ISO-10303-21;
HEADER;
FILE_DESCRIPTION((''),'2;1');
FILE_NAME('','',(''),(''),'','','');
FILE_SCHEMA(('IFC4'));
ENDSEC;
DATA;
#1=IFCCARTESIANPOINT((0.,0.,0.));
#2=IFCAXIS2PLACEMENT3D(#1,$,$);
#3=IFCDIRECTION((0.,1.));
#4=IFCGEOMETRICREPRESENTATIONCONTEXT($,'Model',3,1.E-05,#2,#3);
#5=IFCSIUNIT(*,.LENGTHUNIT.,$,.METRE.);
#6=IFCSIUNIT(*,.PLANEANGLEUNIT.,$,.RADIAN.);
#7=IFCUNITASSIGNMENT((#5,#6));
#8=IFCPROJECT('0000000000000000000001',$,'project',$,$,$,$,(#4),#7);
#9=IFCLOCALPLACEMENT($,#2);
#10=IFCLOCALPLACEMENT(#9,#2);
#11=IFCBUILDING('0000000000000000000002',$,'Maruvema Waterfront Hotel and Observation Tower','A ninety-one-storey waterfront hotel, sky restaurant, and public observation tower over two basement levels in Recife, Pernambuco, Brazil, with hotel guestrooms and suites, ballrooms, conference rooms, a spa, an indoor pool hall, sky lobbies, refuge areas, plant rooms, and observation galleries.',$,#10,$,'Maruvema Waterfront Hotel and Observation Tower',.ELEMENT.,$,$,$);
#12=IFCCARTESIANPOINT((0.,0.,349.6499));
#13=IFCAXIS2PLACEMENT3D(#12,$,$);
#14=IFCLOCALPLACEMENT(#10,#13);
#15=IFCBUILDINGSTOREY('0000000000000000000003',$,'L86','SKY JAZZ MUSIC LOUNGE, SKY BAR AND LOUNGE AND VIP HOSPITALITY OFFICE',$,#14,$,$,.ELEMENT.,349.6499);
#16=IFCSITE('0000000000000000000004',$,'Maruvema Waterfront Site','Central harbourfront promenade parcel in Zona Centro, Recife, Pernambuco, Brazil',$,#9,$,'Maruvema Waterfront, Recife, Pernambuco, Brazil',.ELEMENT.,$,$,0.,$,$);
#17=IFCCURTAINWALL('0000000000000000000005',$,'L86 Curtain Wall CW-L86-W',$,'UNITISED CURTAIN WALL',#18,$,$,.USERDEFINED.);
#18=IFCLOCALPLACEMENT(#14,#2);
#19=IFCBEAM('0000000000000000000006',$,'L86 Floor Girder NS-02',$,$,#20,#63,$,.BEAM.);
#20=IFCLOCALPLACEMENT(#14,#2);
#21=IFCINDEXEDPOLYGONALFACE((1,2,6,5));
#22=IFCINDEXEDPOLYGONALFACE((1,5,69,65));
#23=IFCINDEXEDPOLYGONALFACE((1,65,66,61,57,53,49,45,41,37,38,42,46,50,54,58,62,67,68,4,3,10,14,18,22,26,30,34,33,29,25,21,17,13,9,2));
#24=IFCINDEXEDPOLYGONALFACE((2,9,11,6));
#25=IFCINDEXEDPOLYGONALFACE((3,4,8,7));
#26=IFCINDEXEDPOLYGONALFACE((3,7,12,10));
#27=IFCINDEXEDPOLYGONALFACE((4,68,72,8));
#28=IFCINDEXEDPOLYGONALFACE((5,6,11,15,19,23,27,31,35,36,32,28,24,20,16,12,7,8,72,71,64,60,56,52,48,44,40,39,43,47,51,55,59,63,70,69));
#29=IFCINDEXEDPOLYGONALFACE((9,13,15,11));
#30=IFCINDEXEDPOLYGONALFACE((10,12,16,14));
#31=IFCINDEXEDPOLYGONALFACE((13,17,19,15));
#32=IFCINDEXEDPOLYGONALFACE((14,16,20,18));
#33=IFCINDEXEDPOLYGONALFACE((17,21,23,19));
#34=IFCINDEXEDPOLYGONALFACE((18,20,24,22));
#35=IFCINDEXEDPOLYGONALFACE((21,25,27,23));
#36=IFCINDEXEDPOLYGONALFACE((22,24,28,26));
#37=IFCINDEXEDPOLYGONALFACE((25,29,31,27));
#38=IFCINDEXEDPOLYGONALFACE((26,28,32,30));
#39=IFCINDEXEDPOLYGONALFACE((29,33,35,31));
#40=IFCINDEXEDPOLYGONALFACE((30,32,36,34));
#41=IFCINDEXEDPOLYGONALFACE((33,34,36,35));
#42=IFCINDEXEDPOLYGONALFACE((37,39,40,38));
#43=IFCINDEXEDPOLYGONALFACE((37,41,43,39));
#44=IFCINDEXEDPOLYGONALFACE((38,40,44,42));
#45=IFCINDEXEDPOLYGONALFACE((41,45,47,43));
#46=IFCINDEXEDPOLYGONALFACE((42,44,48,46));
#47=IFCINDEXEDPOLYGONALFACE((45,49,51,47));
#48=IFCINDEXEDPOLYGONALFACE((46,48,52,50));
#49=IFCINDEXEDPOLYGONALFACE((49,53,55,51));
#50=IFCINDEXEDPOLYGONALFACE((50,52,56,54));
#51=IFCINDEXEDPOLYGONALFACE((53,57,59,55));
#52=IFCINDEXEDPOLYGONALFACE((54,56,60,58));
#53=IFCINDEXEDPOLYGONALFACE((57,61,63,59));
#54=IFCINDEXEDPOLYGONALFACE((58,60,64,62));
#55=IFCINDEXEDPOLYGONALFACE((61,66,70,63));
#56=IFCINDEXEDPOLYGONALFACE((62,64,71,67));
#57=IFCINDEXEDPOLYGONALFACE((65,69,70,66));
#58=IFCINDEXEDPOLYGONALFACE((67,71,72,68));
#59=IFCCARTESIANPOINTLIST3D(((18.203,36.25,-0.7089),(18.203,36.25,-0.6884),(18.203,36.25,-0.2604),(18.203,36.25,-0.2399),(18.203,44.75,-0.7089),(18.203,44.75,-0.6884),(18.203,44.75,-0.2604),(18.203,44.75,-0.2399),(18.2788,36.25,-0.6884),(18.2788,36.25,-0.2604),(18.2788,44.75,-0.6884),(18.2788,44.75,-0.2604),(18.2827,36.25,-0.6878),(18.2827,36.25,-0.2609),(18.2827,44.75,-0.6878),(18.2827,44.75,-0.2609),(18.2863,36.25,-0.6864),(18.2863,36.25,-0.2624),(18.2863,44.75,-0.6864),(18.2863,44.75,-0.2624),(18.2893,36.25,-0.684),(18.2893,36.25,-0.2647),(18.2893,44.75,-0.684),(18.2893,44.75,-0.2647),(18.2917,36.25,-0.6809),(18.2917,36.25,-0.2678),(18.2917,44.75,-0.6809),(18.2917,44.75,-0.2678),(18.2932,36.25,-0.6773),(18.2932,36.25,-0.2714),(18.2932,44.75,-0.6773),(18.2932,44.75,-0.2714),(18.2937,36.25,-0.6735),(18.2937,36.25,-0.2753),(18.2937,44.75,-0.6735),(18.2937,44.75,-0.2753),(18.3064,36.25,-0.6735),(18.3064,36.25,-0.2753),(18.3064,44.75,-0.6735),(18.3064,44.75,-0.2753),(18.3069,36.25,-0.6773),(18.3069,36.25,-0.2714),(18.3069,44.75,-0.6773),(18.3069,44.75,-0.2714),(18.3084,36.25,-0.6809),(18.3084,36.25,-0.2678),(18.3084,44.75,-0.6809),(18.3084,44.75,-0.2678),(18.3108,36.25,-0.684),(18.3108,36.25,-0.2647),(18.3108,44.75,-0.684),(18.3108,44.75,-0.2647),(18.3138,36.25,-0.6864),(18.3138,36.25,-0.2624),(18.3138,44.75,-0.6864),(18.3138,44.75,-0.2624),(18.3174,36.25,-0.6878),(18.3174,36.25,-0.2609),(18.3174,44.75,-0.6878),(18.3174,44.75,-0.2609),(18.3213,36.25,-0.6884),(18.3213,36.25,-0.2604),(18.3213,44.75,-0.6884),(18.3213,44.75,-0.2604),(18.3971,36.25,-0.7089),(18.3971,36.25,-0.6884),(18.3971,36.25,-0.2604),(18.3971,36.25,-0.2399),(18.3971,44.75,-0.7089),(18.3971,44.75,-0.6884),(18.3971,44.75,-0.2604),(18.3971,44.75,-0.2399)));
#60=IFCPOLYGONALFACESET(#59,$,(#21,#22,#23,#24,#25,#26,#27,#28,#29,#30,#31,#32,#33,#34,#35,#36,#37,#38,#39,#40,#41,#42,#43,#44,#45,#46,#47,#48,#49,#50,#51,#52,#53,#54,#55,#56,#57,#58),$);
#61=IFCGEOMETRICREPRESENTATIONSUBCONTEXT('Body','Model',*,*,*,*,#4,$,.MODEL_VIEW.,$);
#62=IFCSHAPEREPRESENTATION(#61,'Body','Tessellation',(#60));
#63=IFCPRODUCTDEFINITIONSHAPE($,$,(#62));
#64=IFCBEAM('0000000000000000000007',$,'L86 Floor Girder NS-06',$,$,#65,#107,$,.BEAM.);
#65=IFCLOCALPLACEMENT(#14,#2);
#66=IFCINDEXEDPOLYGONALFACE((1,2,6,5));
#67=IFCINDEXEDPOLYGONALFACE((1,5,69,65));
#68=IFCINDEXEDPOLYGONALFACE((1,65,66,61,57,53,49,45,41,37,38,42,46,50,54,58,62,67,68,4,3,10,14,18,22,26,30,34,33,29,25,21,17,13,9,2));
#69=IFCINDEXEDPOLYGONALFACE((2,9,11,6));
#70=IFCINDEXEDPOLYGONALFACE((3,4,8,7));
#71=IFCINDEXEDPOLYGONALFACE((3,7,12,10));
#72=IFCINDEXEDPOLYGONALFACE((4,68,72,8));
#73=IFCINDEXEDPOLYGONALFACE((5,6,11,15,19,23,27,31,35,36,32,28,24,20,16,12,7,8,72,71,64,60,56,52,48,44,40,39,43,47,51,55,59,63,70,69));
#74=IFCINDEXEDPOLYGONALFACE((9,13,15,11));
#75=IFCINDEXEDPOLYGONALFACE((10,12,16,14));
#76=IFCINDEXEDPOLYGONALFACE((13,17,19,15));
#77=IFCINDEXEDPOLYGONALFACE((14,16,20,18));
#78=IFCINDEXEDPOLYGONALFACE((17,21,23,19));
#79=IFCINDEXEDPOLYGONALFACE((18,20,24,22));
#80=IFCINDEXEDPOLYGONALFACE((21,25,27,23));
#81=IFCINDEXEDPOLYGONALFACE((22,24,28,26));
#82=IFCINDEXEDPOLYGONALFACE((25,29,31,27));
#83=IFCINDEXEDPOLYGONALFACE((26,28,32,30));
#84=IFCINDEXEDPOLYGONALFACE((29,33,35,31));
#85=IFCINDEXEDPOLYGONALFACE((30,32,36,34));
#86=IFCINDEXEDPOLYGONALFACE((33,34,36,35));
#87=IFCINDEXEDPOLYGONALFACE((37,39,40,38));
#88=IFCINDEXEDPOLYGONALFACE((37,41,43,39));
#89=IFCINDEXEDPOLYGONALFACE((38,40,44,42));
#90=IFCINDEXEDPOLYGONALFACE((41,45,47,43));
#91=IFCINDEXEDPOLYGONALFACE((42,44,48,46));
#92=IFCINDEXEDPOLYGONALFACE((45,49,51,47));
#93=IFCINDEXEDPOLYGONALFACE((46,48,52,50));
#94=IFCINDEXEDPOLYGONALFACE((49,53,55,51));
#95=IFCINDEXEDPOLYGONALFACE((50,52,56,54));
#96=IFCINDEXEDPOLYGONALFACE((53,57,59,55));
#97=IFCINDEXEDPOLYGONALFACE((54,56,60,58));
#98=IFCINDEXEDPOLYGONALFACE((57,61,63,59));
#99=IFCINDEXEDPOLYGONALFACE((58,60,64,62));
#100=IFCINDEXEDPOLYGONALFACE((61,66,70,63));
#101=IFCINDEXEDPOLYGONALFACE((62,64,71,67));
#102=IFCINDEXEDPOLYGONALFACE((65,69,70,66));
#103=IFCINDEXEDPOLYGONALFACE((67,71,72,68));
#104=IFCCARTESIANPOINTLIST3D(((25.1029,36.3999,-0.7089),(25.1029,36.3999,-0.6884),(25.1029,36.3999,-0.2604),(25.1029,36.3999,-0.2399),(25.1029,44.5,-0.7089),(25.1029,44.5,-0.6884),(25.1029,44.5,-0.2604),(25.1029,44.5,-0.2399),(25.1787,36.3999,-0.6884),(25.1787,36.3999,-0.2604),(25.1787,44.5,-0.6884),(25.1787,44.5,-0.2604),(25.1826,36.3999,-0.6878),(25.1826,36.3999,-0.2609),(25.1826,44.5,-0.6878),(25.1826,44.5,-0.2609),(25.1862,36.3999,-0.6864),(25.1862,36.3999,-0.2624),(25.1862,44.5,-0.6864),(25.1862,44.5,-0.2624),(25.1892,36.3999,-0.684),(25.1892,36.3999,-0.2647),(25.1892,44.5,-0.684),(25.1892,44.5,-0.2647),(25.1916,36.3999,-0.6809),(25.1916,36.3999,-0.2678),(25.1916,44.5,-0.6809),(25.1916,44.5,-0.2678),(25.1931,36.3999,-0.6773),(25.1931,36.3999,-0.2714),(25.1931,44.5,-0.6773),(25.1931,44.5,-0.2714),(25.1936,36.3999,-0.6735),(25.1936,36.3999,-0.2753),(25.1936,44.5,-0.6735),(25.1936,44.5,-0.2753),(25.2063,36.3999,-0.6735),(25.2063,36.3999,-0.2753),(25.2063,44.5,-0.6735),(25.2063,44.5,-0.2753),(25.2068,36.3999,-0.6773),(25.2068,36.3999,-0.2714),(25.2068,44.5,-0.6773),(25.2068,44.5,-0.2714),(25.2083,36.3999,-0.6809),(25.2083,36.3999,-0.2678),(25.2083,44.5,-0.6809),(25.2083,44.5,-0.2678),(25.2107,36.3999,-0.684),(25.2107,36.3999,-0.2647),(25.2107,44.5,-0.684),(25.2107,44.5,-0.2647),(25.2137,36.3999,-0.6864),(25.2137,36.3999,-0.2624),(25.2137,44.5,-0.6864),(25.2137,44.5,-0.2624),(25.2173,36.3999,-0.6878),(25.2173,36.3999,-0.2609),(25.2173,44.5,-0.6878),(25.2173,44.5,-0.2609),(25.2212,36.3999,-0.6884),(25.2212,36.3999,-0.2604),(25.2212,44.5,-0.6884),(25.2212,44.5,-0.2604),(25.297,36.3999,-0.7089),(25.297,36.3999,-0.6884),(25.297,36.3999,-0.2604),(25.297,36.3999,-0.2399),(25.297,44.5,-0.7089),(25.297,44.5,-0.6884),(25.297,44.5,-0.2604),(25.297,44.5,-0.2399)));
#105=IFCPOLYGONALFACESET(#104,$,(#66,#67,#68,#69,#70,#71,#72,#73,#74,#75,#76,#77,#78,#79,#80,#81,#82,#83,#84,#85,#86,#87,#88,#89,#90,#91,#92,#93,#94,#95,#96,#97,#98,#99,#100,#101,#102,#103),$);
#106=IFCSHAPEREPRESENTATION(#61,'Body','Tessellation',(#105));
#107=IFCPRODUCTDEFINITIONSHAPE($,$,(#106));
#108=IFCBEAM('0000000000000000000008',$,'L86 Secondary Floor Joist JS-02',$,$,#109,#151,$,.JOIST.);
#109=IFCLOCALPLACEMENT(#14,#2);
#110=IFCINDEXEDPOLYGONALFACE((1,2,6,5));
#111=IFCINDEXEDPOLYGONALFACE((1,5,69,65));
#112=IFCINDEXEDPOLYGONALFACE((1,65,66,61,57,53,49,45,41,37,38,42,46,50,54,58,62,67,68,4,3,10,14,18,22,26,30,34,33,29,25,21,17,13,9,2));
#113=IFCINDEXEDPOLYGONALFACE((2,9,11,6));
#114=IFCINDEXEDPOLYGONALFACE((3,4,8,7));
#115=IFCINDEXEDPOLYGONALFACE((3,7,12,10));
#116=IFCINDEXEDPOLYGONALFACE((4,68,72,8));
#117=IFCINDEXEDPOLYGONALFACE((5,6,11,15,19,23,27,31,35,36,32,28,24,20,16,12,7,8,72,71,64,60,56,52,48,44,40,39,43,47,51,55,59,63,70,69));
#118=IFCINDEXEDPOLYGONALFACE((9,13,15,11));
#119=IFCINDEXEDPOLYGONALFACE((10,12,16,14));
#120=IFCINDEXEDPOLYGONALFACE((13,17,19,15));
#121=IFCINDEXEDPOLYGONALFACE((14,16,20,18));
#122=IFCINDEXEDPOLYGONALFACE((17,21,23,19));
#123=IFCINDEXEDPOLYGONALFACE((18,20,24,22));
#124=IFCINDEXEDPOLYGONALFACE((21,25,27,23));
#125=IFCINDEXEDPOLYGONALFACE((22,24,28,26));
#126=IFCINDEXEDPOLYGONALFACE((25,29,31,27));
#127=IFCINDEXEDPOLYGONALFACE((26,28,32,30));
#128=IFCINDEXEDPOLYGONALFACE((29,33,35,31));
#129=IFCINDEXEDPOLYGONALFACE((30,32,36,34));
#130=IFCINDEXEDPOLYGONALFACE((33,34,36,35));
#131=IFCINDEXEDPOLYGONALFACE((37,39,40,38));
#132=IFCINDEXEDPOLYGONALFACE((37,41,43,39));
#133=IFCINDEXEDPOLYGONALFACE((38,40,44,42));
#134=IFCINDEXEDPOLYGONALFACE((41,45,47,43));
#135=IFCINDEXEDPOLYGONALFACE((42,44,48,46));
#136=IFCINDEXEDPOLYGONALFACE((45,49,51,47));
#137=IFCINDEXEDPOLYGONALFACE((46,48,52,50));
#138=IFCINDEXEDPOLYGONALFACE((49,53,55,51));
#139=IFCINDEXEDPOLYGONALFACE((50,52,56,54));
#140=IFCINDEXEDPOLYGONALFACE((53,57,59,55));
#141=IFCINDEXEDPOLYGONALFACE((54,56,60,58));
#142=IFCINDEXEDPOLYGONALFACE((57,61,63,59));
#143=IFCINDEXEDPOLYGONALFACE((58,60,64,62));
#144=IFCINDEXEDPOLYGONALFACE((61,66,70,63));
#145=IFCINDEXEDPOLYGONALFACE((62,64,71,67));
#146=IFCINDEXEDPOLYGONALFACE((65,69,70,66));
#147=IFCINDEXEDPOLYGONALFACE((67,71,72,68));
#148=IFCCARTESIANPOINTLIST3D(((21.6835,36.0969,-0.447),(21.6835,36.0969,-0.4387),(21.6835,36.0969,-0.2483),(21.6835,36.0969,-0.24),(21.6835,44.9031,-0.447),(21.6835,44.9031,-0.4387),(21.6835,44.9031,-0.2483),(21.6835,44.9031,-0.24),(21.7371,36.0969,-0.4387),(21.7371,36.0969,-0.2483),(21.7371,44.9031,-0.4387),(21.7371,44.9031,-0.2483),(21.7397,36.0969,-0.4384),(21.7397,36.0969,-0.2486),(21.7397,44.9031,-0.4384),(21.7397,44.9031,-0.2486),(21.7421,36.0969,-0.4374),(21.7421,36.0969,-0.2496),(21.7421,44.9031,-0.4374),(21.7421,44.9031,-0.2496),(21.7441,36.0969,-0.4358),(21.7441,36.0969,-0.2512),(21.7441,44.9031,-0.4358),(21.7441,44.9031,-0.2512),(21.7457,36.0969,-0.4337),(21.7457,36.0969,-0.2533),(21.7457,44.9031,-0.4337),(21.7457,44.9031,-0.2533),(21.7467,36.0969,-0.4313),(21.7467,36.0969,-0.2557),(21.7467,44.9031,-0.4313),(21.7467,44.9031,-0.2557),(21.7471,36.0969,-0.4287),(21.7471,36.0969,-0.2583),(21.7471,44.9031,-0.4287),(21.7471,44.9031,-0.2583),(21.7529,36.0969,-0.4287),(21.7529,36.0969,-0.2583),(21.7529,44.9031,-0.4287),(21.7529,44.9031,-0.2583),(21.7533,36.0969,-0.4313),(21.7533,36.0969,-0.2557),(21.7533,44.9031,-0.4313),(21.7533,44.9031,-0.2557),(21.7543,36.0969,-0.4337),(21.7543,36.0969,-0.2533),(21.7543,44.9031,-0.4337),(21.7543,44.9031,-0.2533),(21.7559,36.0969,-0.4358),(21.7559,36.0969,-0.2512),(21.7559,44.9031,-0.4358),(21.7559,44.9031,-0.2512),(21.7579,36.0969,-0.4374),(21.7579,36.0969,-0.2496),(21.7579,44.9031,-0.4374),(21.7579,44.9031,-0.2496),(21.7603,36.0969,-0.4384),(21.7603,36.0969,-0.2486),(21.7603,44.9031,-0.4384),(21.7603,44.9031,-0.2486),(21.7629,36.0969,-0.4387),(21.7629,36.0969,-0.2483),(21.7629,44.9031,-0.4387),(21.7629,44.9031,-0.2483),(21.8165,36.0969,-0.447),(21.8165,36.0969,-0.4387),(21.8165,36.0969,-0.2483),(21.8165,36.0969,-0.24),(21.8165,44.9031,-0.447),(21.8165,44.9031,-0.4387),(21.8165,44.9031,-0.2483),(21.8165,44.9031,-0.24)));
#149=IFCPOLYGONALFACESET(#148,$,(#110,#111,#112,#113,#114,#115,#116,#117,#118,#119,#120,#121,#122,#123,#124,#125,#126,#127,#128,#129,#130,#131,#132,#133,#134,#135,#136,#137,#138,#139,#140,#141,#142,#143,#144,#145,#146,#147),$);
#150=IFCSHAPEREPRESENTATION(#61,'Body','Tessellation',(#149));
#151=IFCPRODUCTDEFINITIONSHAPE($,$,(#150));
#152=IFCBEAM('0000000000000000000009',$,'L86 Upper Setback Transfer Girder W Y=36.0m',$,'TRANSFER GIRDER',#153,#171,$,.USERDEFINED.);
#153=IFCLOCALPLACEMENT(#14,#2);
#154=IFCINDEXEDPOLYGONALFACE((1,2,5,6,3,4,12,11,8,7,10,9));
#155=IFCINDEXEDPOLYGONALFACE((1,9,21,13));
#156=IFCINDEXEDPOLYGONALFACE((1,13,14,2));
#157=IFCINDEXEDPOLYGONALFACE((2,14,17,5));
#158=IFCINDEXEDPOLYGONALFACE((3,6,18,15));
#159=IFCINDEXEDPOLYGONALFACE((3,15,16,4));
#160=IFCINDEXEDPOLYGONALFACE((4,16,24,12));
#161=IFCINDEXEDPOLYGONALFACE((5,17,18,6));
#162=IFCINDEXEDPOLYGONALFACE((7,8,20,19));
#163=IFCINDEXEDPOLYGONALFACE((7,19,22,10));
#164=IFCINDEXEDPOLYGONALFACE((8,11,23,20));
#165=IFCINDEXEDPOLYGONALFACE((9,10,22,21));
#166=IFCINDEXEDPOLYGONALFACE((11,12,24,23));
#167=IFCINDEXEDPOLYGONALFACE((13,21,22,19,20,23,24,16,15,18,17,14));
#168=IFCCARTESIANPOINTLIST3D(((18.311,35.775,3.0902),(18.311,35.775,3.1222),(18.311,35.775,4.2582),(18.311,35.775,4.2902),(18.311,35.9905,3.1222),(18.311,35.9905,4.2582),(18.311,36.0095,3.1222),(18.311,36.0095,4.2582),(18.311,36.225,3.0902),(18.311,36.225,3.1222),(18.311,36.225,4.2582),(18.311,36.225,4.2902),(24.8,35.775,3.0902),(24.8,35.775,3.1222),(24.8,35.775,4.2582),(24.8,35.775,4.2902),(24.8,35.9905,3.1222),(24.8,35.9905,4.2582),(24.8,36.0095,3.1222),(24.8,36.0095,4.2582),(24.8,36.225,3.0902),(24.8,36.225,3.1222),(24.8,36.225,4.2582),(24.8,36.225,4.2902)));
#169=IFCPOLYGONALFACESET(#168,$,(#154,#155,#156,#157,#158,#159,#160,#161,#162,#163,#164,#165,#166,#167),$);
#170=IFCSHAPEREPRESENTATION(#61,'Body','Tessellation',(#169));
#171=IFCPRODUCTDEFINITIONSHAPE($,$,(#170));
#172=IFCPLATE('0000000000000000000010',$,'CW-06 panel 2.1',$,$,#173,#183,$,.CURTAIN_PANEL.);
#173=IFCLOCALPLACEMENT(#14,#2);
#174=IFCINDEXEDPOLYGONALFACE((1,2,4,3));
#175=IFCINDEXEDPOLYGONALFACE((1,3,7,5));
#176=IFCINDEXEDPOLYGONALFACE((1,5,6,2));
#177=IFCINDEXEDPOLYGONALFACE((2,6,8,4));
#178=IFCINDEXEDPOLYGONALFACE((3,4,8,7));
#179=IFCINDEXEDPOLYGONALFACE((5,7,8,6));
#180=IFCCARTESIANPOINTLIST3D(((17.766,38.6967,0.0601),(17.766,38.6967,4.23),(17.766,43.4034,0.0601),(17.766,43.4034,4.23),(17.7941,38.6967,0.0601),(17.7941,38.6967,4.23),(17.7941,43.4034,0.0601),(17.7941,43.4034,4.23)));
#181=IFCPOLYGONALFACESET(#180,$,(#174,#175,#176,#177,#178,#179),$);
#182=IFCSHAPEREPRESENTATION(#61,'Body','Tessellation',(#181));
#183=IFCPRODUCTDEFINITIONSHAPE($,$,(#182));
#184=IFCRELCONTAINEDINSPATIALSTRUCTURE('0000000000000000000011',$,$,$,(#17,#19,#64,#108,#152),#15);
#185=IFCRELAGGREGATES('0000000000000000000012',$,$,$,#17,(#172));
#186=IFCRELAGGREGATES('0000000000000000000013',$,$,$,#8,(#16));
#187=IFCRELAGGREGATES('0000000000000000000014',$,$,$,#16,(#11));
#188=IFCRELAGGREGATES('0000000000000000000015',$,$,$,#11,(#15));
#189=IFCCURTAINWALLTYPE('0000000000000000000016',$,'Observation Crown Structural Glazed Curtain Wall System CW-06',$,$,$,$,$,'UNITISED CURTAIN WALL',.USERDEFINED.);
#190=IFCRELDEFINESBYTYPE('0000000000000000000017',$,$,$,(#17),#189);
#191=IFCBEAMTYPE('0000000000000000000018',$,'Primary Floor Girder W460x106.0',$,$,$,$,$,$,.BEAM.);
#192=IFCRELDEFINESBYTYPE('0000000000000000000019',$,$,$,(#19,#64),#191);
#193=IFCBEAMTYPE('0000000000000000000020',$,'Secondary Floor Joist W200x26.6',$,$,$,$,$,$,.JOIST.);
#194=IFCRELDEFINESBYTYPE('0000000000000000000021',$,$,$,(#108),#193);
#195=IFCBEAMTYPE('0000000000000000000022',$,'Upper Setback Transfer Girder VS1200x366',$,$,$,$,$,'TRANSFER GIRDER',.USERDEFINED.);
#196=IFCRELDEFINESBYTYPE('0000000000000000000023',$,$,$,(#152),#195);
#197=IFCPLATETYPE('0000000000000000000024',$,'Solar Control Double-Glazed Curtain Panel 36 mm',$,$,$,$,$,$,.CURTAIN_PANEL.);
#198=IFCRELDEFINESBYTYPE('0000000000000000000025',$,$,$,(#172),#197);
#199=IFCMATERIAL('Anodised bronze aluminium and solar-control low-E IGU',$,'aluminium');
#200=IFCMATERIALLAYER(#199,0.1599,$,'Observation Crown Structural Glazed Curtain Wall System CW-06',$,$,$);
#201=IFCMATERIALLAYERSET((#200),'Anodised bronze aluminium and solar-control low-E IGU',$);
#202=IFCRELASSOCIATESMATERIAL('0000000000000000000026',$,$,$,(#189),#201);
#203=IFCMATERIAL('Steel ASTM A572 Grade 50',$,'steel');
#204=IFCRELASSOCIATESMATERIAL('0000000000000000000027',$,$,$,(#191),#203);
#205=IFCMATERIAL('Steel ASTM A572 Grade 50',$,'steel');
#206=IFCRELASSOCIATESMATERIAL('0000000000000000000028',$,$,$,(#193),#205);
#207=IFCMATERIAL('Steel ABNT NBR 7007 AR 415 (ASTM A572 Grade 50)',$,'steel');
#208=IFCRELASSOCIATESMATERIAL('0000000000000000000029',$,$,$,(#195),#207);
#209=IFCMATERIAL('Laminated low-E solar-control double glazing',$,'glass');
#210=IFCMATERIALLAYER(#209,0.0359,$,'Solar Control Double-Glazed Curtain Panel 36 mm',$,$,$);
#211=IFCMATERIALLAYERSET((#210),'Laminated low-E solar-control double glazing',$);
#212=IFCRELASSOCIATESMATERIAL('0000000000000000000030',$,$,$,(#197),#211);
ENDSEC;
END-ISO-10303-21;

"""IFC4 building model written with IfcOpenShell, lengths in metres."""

from ifc_helpers import new_model, si_unit, direction, frame, origin, origin_2d, place, context, subcontext, project, spatial, rectangle, i_section, extrude, material, layer, layer_set, material_profile, profile_set, type_object, element, aggregate, save


model = new_model("IFC4")

# Units and contexts
model_context = context("Model", 3, precision=1e-05, world=origin(), true_north=direction((0.0, 1.0)))
body_context = subcontext(model_context, "Body", "Model", "MODEL_VIEW")
ifc_project = project(units=[si_unit("LENGTHUNIT", "METRE"), si_unit("PLANEANGLEUNIT", "RADIAN")], contexts=[model_context])

# Site, building, storey
site_placement = place(None, origin())
site = spatial("IfcSite", under=ifc_project, at=site_placement, Name="Maruvema Waterfront Site", Description="Central harbourfront promenade parcel in Zona Centro, Recife, Pernambuco, Brazil", LongName="Maruvema Waterfront, Recife, Pernambuco, Brazil", CompositionType="ELEMENT", RefElevation=0.0)
building_placement = place(site_placement, origin())
building = spatial("IfcBuilding", under=site, at=building_placement, Name="Maruvema Waterfront Hotel and Observation Tower", Description="A ninety-one-storey waterfront hotel, sky restaurant, and public observation tower over two basement levels in Recife, Pernambuco, Brazil, with hotel guestrooms and suites, ballrooms, conference rooms, a spa, an indoor pool hall, sky lobbies, refuge areas, plant rooms, and observation galleries.", LongName="Maruvema Waterfront Hotel and Observation Tower", CompositionType="ELEMENT")
storey_placement = place(building_placement, frame((0.0, 0.0, 349.6499)))
storey = spatial("IfcBuildingStorey", under=building, at=storey_placement, Name="L86", Description="SKY JAZZ MUSIC LOUNGE, SKY BAR AND LOUNGE AND VIP HOSPITALITY OFFICE", CompositionType="ELEMENT", Elevation=349.6499)

# Curtain wall
ifc_material_1 = material(Name="Anodised bronze aluminium and solar-control low-E IGU", Category="aluminium")
ifc_layer_1 = layer(ifc_material_1, 0.1599, Name="Observation Crown Structural Glazed Curtain Wall System CW-06")
ifc_layer_set_1 = layer_set([ifc_layer_1], Name="Anodised bronze aluminium and solar-control low-E IGU")
curtain_wall_type = type_object("IfcCurtainWallType", Name="Observation Crown Structural Glazed Curtain Wall System CW-06", ElementType="UNITISED CURTAIN WALL", PredefinedType="USERDEFINED", material=ifc_layer_set_1)
curtain_wall_placement = place(storey_placement, origin())
curtain_wall = element("IfcCurtainWall", 1, at=curtain_wall_placement, inside=storey, type_object=curtain_wall_type, Name="L86 Curtain Wall CW-L86-W", ObjectType="UNITISED CURTAIN WALL", PredefinedType="USERDEFINED")

# Beams
ifc_material_2 = material(Name="Steel ASTM A572 Grade 50", Category="steel")
ifc_material_profile_1 = material_profile(ifc_material_2, i_section(OverallWidth=0.1941, OverallDepth=0.469, WebThickness=0.0127, FlangeThickness=0.0205, FilletRadius=0.0149, at=origin_2d()), Name="W460x106.0")
ifc_profile_set_1 = profile_set([ifc_material_profile_1], Name="Steel ASTM A572 Grade 50")
beam_type_1 = type_object("IfcBeamType", Name="Primary Floor Girder W460x106.0", PredefinedType="BEAM", material=ifc_profile_set_1)
beam_1_placement = place(storey_placement, frame((18.3, 36.25, -0.4744), z_axis=(0.0, 1.0, 0.0), x_axis=(-1.0, 0.0, 0.0)))
element("IfcBeam", 2, at=beam_1_placement, inside=storey, type_object=beam_type_1, Name="L86 Floor Girder NS-02", PredefinedType="BEAM", context=body_context, shape_type="SweptSolid", body=[
    extrude(i_section(OverallWidth=0.1941, OverallDepth=0.469, WebThickness=0.0127, FlangeThickness=0.0205, FilletRadius=0.0149, at=origin_2d()), origin(), (0.0, 0.0, 1.0), 8.5),
])
beam_2_placement = place(storey_placement, frame((25.2, 36.3999, -0.4744), z_axis=(0.0, 1.0, 0.0), x_axis=(-1.0, 0.0, 0.0)))
element("IfcBeam", 3, at=beam_2_placement, inside=storey, type_object=beam_type_1, Name="L86 Floor Girder NS-06", PredefinedType="BEAM", context=body_context, shape_type="SweptSolid", body=[
    extrude(i_section(OverallWidth=0.1941, OverallDepth=0.469, WebThickness=0.0127, FlangeThickness=0.0205, FilletRadius=0.0149, at=origin_2d()), origin(), (0.0, 0.0, 1.0), 8.1001),
])
ifc_material_3 = material(Name="Steel ASTM A572 Grade 50", Category="steel")
ifc_material_profile_2 = material_profile(ifc_material_3, i_section(OverallWidth=0.1331, OverallDepth=0.207, WebThickness=0.0059, FlangeThickness=0.0083, FilletRadius=0.01, at=origin_2d()), Name="W200x26.6")
ifc_profile_set_2 = profile_set([ifc_material_profile_2], Name="Steel ASTM A572 Grade 50")
beam_type_2 = type_object("IfcBeamType", Name="Secondary Floor Joist W200x26.6", PredefinedType="JOIST", material=ifc_profile_set_2)
beam_3_placement = place(storey_placement, frame((21.75, 36.0969, -0.3435), z_axis=(0.0, 1.0, 0.0), x_axis=(-1.0, 0.0, 0.0)))
element("IfcBeam", 4, at=beam_3_placement, inside=storey, type_object=beam_type_2, Name="L86 Secondary Floor Joist JS-02", PredefinedType="JOIST", context=body_context, shape_type="SweptSolid", body=[
    extrude(i_section(OverallWidth=0.1331, OverallDepth=0.207, WebThickness=0.0059, FlangeThickness=0.0083, FilletRadius=0.01, at=origin_2d()), origin(), (0.0, 0.0, 1.0), 8.8062),
])
ifc_material_4 = material(Name="Steel ABNT NBR 7007 AR 415 (ASTM A572 Grade 50)", Category="steel")
ifc_material_profile_3 = material_profile(ifc_material_4, i_section(OverallWidth=0.45, OverallDepth=1.2, WebThickness=0.019, FlangeThickness=0.032, at=origin_2d()), Name="VS1200x366")
ifc_profile_set_3 = profile_set([ifc_material_profile_3], Name="Steel ABNT NBR 7007 AR 415 (ASTM A572 Grade 50)")
beam_type_3 = type_object("IfcBeamType", Name="Upper Setback Transfer Girder VS1200x366", ElementType="TRANSFER GIRDER", PredefinedType="USERDEFINED", material=ifc_profile_set_3)
beam_4_placement = place(storey_placement, frame((18.311, 36.0, 3.6902), z_axis=(1.0, 0.0, 0.0), x_axis=(0.0, 1.0, 0.0)))
element("IfcBeam", 5, at=beam_4_placement, inside=storey, type_object=beam_type_3, Name="L86 Upper Setback Transfer Girder W Y=36.0m", ObjectType="TRANSFER GIRDER", PredefinedType="USERDEFINED", context=body_context, shape_type="SweptSolid", body=[
    extrude(i_section(OverallWidth=0.45, OverallDepth=1.2, WebThickness=0.019, FlangeThickness=0.032, at=origin_2d()), origin(), (0.0, 0.0, 1.0), 6.489),
])

# Plate
ifc_material_5 = material(Name="Laminated low-E solar-control double glazing", Category="glass")
ifc_layer_2 = layer(ifc_material_5, 0.0359, Name="Solar Control Double-Glazed Curtain Panel 36 mm")
ifc_layer_set_2 = layer_set([ifc_layer_2], Name="Laminated low-E solar-control double glazing")
plate_type = type_object("IfcPlateType", Name="Solar Control Double-Glazed Curtain Panel 36 mm", PredefinedType="CURTAIN_PANEL", material=ifc_layer_set_2)
plate_1_placement = place(storey_placement, frame((17.78, 41.05, 0.0601), z_axis=(0.0, 0.0, 1.0), x_axis=(0.0, -1.0, 0.0)))
plate_1 = element("IfcPlate", 6, at=plate_1_placement, type_object=plate_type, Name="CW-06 panel 2.1", PredefinedType="CURTAIN_PANEL", context=body_context, shape_type="SweptSolid", body=[
    extrude(rectangle(XDim=4.7068, YDim=0.0281, at=origin_2d()), origin(), (0.0, 0.0, 1.0), 4.1699),
])
aggregate(curtain_wall, [plate_1])

save(model, "model.ifc")
